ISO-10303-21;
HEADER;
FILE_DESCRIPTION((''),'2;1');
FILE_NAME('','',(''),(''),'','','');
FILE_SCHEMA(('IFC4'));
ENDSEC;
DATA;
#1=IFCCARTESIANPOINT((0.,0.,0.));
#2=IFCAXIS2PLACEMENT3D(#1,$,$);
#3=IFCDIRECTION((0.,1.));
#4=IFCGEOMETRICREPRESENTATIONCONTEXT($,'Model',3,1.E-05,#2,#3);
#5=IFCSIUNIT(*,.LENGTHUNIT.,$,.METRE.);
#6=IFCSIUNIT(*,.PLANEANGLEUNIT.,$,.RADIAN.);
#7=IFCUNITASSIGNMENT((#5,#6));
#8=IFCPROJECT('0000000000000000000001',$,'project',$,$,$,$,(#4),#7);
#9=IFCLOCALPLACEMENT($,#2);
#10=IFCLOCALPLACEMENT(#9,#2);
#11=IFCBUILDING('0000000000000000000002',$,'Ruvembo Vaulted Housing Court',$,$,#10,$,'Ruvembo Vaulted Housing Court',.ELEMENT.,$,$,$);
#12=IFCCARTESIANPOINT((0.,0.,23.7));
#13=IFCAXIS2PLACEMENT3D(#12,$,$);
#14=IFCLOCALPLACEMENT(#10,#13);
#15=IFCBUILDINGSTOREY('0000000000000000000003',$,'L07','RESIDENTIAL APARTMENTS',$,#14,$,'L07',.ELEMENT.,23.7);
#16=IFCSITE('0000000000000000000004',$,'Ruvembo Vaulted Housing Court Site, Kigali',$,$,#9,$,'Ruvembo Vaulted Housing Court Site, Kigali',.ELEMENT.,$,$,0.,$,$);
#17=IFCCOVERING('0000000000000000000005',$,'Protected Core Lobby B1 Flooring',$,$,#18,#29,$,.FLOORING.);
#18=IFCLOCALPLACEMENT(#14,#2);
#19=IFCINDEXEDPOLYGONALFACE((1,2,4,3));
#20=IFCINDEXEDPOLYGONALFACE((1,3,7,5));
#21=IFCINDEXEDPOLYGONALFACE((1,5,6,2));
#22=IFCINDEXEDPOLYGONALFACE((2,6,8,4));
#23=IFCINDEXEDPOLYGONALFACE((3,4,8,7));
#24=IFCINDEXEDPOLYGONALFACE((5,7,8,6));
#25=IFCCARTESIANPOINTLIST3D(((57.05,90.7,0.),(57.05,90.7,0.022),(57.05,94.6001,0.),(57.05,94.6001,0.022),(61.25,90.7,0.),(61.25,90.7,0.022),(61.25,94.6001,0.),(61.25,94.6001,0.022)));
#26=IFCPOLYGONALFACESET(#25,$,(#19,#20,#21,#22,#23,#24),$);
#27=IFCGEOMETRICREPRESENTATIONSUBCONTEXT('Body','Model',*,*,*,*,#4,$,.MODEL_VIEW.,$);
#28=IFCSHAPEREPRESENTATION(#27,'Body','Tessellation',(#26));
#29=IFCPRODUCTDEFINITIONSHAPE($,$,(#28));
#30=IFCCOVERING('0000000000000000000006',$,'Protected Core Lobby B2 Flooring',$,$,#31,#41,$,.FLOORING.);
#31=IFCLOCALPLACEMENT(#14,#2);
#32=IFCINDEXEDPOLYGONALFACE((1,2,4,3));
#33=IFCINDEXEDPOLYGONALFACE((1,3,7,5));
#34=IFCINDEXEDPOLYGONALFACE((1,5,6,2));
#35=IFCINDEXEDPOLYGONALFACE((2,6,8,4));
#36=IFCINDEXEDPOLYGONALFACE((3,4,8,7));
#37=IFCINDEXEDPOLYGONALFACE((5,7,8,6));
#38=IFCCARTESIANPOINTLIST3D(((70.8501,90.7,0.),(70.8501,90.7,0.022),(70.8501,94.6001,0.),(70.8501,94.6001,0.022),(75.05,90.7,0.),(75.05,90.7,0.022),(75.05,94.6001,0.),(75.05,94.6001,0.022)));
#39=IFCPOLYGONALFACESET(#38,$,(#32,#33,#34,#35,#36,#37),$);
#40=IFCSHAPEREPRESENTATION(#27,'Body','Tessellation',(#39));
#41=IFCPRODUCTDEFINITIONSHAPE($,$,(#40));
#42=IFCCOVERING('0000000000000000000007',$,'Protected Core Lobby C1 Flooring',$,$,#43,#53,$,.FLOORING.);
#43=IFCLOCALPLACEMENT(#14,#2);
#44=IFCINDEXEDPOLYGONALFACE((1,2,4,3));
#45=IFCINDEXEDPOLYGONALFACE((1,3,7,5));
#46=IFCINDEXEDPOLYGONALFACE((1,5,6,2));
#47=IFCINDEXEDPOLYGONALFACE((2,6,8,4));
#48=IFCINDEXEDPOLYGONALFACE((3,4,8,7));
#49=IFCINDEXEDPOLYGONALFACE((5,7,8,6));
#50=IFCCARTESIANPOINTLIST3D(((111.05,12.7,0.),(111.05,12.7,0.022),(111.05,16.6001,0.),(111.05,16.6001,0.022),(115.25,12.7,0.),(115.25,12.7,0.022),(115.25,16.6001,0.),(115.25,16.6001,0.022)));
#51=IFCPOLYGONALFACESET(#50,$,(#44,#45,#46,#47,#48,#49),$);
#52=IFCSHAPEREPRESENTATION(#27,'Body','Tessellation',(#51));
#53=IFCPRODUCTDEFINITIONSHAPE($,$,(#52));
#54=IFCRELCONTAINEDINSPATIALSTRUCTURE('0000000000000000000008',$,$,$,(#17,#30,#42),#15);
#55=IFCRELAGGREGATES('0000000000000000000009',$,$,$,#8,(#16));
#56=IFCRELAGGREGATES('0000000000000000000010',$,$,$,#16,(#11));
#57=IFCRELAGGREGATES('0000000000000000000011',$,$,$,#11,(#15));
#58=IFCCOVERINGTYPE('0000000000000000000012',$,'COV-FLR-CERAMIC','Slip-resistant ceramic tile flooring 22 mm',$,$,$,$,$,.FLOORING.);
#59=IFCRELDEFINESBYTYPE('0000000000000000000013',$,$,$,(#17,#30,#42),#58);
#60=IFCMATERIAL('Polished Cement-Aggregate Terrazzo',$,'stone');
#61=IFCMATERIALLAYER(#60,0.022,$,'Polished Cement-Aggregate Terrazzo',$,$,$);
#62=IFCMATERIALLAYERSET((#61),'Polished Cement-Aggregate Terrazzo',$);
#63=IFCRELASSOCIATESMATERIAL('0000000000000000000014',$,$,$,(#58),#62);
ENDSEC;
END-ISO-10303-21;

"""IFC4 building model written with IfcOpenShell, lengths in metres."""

from ifc_helpers import new_model, si_unit, direction, frame, origin, place, context, subcontext, project, spatial, polyline, outline, extrude, material, layer, layer_set, type_object, element, save


model = new_model("IFC4")

# Units and contexts
model_context = context("Model", 3, precision=1e-05, world=origin(), true_north=direction((0.0, 1.0)))
body_context = subcontext(model_context, "Body", "Model", "MODEL_VIEW")
ifc_project = project(units=[si_unit("LENGTHUNIT", "METRE"), si_unit("PLANEANGLEUNIT", "RADIAN")], contexts=[model_context])

# Site, building, storey
site_placement = place(None, origin())
site = spatial("IfcSite", under=ifc_project, at=site_placement, Name="Ruvembo Vaulted Housing Court Site, Kigali", LongName="Ruvembo Vaulted Housing Court Site, Kigali", CompositionType="ELEMENT", RefElevation=0.0)
building_placement = place(site_placement, origin())
building = spatial("IfcBuilding", under=site, at=building_placement, Name="Ruvembo Vaulted Housing Court", LongName="Ruvembo Vaulted Housing Court", CompositionType="ELEMENT")
storey_placement = place(building_placement, frame((0.0, 0.0, 23.7)))
storey = spatial("IfcBuildingStorey", under=building, at=storey_placement, Name="L07", Description="RESIDENTIAL APARTMENTS", LongName="L07", CompositionType="ELEMENT", Elevation=23.7)

# Coverings
ifc_material_1 = material(Name="Polished Cement-Aggregate Terrazzo", Category="stone")
ifc_layer_1 = layer(ifc_material_1, 0.022, Name="Polished Cement-Aggregate Terrazzo")
ifc_layer_set_1 = layer_set([ifc_layer_1], Name="Polished Cement-Aggregate Terrazzo")
covering_type_1 = type_object("IfcCoveringType", Name="COV-FLR-CERAMIC", Description="Slip-resistant ceramic tile flooring 22 mm", PredefinedType="FLOORING", material=ifc_layer_set_1)
covering_1_placement = place(storey_placement, origin())
element("IfcCovering", 1, at=covering_1_placement, inside=storey, type_object=covering_type_1, Name="Protected Core Lobby B1 Flooring", PredefinedType="FLOORING", context=body_context, shape_type="SweptSolid", body=[
    extrude(outline(polyline([(61.25, 94.6001), (57.05, 94.6001), (57.05, 90.7), (61.25, 90.7), (61.25, 94.6001)])), origin(), (0.0, 0.0, 1.0), 0.022),
])
covering_2_placement = place(storey_placement, origin())
element("IfcCovering", 2, at=covering_2_placement, inside=storey, type_object=covering_type_1, Name="Protected Core Lobby B2 Flooring", PredefinedType="FLOORING", context=body_context, shape_type="SweptSolid", body=[
    extrude(outline(polyline([(75.05, 94.6001), (70.8501, 94.6001), (70.8501, 90.7), (75.05, 90.7), (75.05, 94.6001)])), origin(), (0.0, 0.0, 1.0), 0.022),
])
covering_3_placement = place(storey_placement, origin())
element("IfcCovering", 3, at=covering_3_placement, inside=storey, type_object=covering_type_1, Name="Protected Core Lobby C1 Flooring", PredefinedType="FLOORING", context=body_context, shape_type="SweptSolid", body=[
    extrude(outline(polyline([(115.25, 16.6001), (111.05, 16.6001), (111.05, 12.7), (115.25, 12.7), (115.25, 16.6001)])), origin(), (0.0, 0.0, 1.0), 0.022),
])

save(model, "model.ifc")
